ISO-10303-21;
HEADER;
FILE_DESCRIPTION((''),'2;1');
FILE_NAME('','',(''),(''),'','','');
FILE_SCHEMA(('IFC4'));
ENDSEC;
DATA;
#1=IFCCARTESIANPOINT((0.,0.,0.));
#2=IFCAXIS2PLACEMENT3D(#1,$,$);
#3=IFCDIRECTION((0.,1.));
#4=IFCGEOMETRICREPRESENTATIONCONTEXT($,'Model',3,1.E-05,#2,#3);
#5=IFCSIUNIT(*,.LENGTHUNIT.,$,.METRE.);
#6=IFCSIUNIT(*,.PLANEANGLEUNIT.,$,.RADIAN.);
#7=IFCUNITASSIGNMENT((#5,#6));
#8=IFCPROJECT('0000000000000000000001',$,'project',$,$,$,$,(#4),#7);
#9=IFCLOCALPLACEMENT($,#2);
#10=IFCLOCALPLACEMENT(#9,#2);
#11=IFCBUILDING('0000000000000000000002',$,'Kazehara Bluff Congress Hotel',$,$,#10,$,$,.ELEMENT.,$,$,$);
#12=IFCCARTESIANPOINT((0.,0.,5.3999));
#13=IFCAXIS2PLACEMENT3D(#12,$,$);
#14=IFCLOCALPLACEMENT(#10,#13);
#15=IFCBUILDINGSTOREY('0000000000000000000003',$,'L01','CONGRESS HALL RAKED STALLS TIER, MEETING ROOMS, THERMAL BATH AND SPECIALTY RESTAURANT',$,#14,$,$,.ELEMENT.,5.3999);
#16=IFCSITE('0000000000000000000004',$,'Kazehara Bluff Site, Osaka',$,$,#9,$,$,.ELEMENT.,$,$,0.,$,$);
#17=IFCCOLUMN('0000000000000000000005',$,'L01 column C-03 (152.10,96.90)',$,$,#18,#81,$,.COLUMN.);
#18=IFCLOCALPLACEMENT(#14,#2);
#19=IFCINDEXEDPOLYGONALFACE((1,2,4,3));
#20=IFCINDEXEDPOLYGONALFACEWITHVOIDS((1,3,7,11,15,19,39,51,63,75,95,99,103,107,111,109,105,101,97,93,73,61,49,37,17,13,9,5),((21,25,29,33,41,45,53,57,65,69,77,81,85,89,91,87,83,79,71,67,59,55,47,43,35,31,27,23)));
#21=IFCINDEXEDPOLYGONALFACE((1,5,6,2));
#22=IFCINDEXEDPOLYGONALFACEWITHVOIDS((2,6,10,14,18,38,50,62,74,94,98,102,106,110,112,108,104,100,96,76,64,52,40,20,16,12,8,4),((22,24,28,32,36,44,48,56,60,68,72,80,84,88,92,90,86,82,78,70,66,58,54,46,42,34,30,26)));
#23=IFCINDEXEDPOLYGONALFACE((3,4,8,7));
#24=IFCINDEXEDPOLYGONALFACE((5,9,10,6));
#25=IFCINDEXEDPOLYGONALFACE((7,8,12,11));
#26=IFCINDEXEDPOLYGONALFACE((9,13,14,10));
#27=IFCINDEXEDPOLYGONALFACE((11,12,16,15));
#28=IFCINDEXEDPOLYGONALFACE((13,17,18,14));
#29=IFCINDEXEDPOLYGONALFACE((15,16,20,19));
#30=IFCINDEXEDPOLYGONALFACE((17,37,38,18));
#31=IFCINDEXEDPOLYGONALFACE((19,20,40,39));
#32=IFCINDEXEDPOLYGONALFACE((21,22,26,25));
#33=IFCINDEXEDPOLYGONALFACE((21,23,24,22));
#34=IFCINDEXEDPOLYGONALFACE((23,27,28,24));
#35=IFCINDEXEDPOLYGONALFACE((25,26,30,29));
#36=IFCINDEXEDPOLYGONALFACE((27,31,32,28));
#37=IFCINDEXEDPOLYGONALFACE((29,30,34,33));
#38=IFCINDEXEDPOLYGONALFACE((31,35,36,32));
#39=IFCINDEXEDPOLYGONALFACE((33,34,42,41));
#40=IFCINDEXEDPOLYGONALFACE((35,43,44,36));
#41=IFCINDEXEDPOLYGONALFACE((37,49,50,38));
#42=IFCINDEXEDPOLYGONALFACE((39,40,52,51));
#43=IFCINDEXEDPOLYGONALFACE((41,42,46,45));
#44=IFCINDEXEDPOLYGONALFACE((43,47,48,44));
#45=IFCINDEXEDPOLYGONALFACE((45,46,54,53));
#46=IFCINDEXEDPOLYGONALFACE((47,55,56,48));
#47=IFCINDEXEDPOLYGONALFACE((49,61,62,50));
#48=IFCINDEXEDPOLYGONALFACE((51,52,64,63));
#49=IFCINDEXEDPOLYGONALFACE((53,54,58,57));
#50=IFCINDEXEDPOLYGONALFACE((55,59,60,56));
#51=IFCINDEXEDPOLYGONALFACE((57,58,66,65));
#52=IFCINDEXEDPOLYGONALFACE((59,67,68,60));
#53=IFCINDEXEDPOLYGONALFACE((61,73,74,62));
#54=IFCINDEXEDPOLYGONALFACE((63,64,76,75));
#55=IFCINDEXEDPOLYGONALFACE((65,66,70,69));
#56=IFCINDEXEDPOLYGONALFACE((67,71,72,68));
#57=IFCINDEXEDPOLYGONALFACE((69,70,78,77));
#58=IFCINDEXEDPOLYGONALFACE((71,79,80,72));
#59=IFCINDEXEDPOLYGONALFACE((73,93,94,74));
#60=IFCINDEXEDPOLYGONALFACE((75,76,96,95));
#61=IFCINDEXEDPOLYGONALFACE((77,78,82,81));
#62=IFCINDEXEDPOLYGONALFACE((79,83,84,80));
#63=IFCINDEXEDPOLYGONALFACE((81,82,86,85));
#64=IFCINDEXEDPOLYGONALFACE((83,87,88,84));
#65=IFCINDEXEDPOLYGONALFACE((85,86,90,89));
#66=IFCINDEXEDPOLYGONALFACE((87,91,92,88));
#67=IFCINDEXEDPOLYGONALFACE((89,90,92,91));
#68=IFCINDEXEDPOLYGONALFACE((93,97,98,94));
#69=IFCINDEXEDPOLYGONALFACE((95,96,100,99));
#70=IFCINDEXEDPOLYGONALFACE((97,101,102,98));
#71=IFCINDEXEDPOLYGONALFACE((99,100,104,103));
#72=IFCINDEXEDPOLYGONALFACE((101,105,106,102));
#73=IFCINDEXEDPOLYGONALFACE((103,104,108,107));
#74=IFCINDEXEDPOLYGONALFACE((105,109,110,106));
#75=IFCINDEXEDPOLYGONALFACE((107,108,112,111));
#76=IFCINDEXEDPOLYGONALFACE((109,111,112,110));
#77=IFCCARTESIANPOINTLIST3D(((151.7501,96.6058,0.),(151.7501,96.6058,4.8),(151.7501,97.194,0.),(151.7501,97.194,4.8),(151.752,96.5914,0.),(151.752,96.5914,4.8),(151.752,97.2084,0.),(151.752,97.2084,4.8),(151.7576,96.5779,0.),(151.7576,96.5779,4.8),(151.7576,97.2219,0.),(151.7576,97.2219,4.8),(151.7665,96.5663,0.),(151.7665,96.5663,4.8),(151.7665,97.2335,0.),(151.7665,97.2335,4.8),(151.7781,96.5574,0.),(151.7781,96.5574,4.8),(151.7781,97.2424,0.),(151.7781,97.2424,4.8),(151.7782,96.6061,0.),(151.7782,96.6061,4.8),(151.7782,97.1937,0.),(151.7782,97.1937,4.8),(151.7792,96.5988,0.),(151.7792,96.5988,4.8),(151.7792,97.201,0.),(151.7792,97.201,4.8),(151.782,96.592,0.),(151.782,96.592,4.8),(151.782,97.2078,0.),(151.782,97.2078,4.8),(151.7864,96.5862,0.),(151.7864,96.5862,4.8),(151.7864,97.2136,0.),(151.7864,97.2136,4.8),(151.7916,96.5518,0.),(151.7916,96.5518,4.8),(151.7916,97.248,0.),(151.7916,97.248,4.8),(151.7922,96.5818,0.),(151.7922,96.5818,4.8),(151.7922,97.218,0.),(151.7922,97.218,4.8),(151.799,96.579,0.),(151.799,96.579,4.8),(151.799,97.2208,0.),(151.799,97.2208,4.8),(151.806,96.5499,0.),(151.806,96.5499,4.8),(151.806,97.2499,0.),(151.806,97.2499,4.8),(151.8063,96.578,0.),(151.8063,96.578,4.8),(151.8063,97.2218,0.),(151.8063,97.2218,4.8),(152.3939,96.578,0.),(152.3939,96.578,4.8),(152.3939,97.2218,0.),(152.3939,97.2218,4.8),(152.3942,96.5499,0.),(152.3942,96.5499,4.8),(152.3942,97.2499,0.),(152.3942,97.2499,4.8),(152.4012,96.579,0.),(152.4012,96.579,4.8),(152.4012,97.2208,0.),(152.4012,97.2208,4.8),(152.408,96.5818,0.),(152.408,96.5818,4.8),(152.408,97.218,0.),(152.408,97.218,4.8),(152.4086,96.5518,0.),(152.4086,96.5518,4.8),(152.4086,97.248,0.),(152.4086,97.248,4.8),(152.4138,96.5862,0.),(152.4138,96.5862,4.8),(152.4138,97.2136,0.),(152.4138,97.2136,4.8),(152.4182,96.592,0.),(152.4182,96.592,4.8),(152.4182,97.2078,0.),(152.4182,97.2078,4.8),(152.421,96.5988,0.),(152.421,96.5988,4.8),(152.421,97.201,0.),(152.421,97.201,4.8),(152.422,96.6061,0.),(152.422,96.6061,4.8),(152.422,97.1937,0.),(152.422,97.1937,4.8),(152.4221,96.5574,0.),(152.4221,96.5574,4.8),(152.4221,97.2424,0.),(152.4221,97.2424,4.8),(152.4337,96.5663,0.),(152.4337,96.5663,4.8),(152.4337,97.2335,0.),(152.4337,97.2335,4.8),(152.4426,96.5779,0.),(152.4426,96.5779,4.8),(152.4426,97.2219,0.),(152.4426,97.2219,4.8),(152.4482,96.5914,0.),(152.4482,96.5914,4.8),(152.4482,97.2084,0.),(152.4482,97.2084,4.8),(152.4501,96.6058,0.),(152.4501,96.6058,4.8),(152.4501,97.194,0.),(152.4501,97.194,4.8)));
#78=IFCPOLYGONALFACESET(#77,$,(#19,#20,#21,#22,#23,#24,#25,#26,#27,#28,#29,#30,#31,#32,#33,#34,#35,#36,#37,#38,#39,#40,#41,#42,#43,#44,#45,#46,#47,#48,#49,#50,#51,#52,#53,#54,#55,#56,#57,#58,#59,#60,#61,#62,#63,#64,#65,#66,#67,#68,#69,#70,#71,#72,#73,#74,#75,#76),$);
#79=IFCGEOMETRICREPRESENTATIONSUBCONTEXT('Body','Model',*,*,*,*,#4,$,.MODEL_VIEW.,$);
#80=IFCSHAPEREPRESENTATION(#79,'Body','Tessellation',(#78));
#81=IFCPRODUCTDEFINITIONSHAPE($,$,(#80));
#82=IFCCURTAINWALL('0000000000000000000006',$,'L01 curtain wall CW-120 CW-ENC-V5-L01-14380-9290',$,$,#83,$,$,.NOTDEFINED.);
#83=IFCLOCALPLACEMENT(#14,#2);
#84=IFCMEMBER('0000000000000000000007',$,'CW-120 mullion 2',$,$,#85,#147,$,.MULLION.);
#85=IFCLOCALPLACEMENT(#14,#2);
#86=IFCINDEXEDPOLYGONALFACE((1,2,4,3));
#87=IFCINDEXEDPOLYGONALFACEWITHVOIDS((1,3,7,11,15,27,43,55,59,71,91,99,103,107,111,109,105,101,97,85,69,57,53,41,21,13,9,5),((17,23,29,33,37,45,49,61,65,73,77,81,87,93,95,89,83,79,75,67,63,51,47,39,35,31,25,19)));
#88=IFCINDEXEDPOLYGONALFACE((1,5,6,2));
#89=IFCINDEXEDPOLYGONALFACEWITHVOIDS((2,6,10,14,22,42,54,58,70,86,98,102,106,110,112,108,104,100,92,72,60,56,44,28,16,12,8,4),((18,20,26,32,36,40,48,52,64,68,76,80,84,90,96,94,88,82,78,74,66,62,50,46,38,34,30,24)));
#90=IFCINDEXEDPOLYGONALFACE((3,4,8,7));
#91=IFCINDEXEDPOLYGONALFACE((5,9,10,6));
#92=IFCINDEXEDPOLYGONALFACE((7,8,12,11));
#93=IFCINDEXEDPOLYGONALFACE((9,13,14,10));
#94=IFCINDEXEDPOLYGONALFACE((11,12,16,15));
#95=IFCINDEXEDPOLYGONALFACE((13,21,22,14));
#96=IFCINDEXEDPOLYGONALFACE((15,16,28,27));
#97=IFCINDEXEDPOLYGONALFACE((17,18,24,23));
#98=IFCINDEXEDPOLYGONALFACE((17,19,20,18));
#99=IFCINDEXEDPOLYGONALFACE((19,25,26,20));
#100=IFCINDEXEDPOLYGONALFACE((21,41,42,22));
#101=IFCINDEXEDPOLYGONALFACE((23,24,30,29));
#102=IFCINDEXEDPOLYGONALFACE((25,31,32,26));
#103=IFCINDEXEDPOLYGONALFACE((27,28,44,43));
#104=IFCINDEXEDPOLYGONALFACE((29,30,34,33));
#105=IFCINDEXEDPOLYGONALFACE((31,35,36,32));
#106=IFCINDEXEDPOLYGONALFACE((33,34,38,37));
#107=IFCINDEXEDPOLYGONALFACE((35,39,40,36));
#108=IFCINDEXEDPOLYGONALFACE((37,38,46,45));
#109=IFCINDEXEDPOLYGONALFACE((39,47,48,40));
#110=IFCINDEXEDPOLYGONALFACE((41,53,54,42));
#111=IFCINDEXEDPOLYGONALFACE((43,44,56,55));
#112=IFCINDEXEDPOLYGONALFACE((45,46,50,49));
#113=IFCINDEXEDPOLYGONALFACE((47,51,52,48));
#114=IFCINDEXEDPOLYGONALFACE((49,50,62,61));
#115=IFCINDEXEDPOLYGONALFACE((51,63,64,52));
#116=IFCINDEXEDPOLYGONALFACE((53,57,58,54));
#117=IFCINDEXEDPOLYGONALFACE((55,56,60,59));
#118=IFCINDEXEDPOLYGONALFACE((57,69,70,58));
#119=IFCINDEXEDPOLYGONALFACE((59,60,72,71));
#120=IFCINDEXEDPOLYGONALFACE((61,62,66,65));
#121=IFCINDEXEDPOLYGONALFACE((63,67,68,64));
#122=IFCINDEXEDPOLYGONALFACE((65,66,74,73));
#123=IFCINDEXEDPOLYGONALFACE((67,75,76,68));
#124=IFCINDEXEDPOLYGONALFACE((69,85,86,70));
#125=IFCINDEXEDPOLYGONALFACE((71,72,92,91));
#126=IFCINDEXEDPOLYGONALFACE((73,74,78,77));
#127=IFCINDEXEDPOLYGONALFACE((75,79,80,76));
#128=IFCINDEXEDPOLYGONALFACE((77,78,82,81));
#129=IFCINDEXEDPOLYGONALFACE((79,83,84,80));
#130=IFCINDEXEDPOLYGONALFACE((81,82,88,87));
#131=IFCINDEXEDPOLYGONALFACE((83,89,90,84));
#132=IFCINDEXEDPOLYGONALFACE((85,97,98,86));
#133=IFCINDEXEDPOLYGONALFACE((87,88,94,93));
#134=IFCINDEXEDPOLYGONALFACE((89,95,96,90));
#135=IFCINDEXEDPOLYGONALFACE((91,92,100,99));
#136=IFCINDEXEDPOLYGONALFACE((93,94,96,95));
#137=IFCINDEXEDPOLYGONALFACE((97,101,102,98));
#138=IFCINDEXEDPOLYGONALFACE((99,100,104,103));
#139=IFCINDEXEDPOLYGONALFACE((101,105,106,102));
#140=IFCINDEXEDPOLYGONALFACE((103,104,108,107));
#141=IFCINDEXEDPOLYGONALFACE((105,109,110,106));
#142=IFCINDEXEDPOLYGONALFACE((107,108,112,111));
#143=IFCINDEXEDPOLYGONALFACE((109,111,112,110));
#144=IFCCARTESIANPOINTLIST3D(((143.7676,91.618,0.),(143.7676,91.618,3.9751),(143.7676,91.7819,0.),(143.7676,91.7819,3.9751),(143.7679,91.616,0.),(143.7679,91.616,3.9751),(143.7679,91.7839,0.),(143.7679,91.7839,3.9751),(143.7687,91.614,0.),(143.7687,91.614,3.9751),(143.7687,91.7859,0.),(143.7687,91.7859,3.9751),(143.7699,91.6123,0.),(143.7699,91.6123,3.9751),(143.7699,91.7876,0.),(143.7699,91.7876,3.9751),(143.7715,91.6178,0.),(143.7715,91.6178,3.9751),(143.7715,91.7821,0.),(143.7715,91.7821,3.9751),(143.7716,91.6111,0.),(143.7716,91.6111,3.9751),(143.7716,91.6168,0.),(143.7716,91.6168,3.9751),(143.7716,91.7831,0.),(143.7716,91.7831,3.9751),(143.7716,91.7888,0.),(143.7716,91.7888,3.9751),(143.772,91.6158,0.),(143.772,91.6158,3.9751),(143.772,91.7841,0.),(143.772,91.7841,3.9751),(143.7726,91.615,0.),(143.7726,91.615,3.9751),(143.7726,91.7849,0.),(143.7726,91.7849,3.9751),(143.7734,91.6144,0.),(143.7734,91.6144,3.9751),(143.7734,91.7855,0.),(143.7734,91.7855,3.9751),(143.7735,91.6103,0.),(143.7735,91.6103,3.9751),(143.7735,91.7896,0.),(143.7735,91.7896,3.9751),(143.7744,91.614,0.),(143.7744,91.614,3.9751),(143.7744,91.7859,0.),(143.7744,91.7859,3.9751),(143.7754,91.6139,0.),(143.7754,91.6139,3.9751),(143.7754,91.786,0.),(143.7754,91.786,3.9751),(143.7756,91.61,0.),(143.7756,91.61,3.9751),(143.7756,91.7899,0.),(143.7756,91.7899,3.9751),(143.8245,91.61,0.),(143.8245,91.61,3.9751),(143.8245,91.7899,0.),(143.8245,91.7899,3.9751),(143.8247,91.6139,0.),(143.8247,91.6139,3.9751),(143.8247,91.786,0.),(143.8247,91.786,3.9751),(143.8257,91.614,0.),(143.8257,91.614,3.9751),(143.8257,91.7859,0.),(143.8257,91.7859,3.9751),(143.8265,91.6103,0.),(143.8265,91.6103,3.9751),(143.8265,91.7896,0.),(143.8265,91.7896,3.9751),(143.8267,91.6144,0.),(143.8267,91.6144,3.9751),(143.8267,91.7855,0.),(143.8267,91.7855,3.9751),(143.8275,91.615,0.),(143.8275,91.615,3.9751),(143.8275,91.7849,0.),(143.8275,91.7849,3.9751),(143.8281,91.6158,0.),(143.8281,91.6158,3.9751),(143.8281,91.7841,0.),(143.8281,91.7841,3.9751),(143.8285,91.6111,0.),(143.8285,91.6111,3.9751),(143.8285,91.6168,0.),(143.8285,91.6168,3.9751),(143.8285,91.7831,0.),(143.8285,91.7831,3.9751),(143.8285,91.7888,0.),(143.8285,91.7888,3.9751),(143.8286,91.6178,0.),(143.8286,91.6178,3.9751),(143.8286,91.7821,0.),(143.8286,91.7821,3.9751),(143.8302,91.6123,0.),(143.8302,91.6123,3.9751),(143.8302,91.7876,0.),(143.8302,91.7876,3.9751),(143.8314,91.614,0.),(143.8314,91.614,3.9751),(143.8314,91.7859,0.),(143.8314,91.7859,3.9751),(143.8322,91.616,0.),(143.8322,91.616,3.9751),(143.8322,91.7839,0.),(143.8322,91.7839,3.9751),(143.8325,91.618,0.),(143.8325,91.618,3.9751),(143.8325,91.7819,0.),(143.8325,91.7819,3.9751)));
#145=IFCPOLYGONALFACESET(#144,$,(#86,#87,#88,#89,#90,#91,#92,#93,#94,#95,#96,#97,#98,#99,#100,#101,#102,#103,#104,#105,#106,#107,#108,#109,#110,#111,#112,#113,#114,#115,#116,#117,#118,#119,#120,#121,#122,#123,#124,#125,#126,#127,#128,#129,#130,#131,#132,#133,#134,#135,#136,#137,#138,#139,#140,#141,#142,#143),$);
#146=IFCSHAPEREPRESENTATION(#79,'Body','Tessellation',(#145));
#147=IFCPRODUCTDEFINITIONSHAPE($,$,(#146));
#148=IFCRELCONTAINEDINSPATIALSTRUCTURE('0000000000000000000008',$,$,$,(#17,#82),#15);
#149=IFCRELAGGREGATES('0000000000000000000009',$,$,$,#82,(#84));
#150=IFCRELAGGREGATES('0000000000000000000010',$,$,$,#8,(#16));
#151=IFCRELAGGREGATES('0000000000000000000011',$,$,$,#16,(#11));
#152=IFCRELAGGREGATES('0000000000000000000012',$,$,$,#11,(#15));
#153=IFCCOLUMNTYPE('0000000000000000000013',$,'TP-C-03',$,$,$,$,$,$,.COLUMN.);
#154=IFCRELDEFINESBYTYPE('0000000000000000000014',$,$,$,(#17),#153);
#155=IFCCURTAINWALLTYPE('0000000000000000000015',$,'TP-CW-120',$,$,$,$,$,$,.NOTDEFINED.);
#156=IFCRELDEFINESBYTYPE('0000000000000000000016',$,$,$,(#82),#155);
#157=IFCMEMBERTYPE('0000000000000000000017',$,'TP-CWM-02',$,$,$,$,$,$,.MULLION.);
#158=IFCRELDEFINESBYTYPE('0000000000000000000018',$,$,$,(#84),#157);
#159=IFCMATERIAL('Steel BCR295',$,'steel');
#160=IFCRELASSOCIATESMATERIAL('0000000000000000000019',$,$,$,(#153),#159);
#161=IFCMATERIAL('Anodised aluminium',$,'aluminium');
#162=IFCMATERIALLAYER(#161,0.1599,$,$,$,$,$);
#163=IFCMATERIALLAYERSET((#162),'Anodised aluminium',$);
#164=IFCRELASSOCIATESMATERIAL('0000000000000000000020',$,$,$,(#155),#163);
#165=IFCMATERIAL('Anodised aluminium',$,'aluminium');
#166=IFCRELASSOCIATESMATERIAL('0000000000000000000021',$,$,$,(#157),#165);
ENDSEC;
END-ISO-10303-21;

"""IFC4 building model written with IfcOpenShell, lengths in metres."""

from ifc_helpers import new_model, si_unit, direction, frame, origin, origin_2d, place, context, subcontext, project, spatial, hollow_rectangle, extrude, material, layer, layer_set, material_profile, profile_set, type_object, element, aggregate, save


model = new_model("IFC4")

# Units and contexts
model_context = context("Model", 3, precision=1e-05, world=origin(), true_north=direction((0.0, 1.0)))
body_context = subcontext(model_context, "Body", "Model", "MODEL_VIEW")
ifc_project = project(units=[si_unit("LENGTHUNIT", "METRE"), si_unit("PLANEANGLEUNIT", "RADIAN")], contexts=[model_context])

# Site, building, storey
site_placement = place(None, origin())
site = spatial("IfcSite", under=ifc_project, at=site_placement, Name="Kazehara Bluff Site, Osaka", CompositionType="ELEMENT", RefElevation=0.0)
building_placement = place(site_placement, origin())
building = spatial("IfcBuilding", under=site, at=building_placement, Name="Kazehara Bluff Congress Hotel", CompositionType="ELEMENT")
storey_placement = place(building_placement, frame((0.0, 0.0, 5.3999)))
storey = spatial("IfcBuildingStorey", under=building, at=storey_placement, Name="L01", Description="CONGRESS HALL RAKED STALLS TIER, MEETING ROOMS, THERMAL BATH AND SPECIALTY RESTAURANT", CompositionType="ELEMENT", Elevation=5.3999)

# Column
ifc_material_1 = material(Name="Steel BCR295", Category="steel")
ifc_material_profile_1 = material_profile(ifc_material_1, hollow_rectangle(XDim=0.7, YDim=0.7, WallThickness=0.0281, InnerFilletRadius=0.0281, OuterFilletRadius=0.0559, at=origin_2d()))
ifc_profile_set_1 = profile_set([ifc_material_profile_1], Name="Steel BCR295")
column_type = type_object("IfcColumnType", Name="TP-C-03", PredefinedType="COLUMN", material=ifc_profile_set_1)
column_placement = place(storey_placement, frame((152.1001, 96.8999, 0.0), z_axis=(0.0, 0.0, 1.0), x_axis=(1.0, 0.0, 0.0)))
element("IfcColumn", 1, at=column_placement, inside=storey, type_object=column_type, Name="L01 column C-03 (152.10,96.90)", PredefinedType="COLUMN", context=body_context, shape_type="SweptSolid", body=[
    extrude(hollow_rectangle(XDim=0.7, YDim=0.7, WallThickness=0.0281, InnerFilletRadius=0.0281, OuterFilletRadius=0.0559, at=origin_2d()), origin(), (0.0, 0.0, 1.0), 4.8),
])

# Curtain wall, member
ifc_material_2 = material(Name="Anodised aluminium", Category="aluminium")
ifc_layer_1 = layer(ifc_material_2, 0.1599)
ifc_layer_set_1 = layer_set([ifc_layer_1], Name="Anodised aluminium")
curtain_wall_type_1 = type_object("IfcCurtainWallType", Name="TP-CW-120", PredefinedType="NOTDEFINED", material=ifc_layer_set_1)
curtain_wall_1_placement = place(storey_placement, origin())
curtain_wall_1 = element("IfcCurtainWall", 2, at=curtain_wall_1_placement, inside=storey, type_object=curtain_wall_type_1, Name="L01 curtain wall CW-120 CW-ENC-V5-L01-14380-9290", PredefinedType="NOTDEFINED")
ifc_material_3 = material(Name="Anodised aluminium", Category="aluminium")
ifc_material_profile_2 = material_profile(ifc_material_3, hollow_rectangle(XDim=0.0649, YDim=0.1799, WallThickness=0.0039, InnerFilletRadius=0.0039, OuterFilletRadius=0.0081, at=origin_2d()))
ifc_profile_set_2 = profile_set([ifc_material_profile_2], Name="Anodised aluminium")
member_type_1 = type_object("IfcMemberType", Name="TP-CWM-02", PredefinedType="MULLION", material=ifc_profile_set_2)
member_1_placement = place(storey_placement, frame((143.8, 91.7, 0.0), z_axis=(0.0, 0.0, 1.0), x_axis=(-1.0, 0.0, 0.0)))
member_1 = element("IfcMember", 3, at=member_1_placement, type_object=member_type_1, Name="CW-120 mullion 2", PredefinedType="MULLION", context=body_context, shape_type="SweptSolid", body=[
    extrude(hollow_rectangle(XDim=0.0649, YDim=0.1799, WallThickness=0.0039, InnerFilletRadius=0.0039, OuterFilletRadius=0.0081, at=origin_2d()), origin(), (0.0, 0.0, 1.0), 3.9751),
])

aggregate(curtain_wall_1, [member_1])

save(model, "model.ifc")
